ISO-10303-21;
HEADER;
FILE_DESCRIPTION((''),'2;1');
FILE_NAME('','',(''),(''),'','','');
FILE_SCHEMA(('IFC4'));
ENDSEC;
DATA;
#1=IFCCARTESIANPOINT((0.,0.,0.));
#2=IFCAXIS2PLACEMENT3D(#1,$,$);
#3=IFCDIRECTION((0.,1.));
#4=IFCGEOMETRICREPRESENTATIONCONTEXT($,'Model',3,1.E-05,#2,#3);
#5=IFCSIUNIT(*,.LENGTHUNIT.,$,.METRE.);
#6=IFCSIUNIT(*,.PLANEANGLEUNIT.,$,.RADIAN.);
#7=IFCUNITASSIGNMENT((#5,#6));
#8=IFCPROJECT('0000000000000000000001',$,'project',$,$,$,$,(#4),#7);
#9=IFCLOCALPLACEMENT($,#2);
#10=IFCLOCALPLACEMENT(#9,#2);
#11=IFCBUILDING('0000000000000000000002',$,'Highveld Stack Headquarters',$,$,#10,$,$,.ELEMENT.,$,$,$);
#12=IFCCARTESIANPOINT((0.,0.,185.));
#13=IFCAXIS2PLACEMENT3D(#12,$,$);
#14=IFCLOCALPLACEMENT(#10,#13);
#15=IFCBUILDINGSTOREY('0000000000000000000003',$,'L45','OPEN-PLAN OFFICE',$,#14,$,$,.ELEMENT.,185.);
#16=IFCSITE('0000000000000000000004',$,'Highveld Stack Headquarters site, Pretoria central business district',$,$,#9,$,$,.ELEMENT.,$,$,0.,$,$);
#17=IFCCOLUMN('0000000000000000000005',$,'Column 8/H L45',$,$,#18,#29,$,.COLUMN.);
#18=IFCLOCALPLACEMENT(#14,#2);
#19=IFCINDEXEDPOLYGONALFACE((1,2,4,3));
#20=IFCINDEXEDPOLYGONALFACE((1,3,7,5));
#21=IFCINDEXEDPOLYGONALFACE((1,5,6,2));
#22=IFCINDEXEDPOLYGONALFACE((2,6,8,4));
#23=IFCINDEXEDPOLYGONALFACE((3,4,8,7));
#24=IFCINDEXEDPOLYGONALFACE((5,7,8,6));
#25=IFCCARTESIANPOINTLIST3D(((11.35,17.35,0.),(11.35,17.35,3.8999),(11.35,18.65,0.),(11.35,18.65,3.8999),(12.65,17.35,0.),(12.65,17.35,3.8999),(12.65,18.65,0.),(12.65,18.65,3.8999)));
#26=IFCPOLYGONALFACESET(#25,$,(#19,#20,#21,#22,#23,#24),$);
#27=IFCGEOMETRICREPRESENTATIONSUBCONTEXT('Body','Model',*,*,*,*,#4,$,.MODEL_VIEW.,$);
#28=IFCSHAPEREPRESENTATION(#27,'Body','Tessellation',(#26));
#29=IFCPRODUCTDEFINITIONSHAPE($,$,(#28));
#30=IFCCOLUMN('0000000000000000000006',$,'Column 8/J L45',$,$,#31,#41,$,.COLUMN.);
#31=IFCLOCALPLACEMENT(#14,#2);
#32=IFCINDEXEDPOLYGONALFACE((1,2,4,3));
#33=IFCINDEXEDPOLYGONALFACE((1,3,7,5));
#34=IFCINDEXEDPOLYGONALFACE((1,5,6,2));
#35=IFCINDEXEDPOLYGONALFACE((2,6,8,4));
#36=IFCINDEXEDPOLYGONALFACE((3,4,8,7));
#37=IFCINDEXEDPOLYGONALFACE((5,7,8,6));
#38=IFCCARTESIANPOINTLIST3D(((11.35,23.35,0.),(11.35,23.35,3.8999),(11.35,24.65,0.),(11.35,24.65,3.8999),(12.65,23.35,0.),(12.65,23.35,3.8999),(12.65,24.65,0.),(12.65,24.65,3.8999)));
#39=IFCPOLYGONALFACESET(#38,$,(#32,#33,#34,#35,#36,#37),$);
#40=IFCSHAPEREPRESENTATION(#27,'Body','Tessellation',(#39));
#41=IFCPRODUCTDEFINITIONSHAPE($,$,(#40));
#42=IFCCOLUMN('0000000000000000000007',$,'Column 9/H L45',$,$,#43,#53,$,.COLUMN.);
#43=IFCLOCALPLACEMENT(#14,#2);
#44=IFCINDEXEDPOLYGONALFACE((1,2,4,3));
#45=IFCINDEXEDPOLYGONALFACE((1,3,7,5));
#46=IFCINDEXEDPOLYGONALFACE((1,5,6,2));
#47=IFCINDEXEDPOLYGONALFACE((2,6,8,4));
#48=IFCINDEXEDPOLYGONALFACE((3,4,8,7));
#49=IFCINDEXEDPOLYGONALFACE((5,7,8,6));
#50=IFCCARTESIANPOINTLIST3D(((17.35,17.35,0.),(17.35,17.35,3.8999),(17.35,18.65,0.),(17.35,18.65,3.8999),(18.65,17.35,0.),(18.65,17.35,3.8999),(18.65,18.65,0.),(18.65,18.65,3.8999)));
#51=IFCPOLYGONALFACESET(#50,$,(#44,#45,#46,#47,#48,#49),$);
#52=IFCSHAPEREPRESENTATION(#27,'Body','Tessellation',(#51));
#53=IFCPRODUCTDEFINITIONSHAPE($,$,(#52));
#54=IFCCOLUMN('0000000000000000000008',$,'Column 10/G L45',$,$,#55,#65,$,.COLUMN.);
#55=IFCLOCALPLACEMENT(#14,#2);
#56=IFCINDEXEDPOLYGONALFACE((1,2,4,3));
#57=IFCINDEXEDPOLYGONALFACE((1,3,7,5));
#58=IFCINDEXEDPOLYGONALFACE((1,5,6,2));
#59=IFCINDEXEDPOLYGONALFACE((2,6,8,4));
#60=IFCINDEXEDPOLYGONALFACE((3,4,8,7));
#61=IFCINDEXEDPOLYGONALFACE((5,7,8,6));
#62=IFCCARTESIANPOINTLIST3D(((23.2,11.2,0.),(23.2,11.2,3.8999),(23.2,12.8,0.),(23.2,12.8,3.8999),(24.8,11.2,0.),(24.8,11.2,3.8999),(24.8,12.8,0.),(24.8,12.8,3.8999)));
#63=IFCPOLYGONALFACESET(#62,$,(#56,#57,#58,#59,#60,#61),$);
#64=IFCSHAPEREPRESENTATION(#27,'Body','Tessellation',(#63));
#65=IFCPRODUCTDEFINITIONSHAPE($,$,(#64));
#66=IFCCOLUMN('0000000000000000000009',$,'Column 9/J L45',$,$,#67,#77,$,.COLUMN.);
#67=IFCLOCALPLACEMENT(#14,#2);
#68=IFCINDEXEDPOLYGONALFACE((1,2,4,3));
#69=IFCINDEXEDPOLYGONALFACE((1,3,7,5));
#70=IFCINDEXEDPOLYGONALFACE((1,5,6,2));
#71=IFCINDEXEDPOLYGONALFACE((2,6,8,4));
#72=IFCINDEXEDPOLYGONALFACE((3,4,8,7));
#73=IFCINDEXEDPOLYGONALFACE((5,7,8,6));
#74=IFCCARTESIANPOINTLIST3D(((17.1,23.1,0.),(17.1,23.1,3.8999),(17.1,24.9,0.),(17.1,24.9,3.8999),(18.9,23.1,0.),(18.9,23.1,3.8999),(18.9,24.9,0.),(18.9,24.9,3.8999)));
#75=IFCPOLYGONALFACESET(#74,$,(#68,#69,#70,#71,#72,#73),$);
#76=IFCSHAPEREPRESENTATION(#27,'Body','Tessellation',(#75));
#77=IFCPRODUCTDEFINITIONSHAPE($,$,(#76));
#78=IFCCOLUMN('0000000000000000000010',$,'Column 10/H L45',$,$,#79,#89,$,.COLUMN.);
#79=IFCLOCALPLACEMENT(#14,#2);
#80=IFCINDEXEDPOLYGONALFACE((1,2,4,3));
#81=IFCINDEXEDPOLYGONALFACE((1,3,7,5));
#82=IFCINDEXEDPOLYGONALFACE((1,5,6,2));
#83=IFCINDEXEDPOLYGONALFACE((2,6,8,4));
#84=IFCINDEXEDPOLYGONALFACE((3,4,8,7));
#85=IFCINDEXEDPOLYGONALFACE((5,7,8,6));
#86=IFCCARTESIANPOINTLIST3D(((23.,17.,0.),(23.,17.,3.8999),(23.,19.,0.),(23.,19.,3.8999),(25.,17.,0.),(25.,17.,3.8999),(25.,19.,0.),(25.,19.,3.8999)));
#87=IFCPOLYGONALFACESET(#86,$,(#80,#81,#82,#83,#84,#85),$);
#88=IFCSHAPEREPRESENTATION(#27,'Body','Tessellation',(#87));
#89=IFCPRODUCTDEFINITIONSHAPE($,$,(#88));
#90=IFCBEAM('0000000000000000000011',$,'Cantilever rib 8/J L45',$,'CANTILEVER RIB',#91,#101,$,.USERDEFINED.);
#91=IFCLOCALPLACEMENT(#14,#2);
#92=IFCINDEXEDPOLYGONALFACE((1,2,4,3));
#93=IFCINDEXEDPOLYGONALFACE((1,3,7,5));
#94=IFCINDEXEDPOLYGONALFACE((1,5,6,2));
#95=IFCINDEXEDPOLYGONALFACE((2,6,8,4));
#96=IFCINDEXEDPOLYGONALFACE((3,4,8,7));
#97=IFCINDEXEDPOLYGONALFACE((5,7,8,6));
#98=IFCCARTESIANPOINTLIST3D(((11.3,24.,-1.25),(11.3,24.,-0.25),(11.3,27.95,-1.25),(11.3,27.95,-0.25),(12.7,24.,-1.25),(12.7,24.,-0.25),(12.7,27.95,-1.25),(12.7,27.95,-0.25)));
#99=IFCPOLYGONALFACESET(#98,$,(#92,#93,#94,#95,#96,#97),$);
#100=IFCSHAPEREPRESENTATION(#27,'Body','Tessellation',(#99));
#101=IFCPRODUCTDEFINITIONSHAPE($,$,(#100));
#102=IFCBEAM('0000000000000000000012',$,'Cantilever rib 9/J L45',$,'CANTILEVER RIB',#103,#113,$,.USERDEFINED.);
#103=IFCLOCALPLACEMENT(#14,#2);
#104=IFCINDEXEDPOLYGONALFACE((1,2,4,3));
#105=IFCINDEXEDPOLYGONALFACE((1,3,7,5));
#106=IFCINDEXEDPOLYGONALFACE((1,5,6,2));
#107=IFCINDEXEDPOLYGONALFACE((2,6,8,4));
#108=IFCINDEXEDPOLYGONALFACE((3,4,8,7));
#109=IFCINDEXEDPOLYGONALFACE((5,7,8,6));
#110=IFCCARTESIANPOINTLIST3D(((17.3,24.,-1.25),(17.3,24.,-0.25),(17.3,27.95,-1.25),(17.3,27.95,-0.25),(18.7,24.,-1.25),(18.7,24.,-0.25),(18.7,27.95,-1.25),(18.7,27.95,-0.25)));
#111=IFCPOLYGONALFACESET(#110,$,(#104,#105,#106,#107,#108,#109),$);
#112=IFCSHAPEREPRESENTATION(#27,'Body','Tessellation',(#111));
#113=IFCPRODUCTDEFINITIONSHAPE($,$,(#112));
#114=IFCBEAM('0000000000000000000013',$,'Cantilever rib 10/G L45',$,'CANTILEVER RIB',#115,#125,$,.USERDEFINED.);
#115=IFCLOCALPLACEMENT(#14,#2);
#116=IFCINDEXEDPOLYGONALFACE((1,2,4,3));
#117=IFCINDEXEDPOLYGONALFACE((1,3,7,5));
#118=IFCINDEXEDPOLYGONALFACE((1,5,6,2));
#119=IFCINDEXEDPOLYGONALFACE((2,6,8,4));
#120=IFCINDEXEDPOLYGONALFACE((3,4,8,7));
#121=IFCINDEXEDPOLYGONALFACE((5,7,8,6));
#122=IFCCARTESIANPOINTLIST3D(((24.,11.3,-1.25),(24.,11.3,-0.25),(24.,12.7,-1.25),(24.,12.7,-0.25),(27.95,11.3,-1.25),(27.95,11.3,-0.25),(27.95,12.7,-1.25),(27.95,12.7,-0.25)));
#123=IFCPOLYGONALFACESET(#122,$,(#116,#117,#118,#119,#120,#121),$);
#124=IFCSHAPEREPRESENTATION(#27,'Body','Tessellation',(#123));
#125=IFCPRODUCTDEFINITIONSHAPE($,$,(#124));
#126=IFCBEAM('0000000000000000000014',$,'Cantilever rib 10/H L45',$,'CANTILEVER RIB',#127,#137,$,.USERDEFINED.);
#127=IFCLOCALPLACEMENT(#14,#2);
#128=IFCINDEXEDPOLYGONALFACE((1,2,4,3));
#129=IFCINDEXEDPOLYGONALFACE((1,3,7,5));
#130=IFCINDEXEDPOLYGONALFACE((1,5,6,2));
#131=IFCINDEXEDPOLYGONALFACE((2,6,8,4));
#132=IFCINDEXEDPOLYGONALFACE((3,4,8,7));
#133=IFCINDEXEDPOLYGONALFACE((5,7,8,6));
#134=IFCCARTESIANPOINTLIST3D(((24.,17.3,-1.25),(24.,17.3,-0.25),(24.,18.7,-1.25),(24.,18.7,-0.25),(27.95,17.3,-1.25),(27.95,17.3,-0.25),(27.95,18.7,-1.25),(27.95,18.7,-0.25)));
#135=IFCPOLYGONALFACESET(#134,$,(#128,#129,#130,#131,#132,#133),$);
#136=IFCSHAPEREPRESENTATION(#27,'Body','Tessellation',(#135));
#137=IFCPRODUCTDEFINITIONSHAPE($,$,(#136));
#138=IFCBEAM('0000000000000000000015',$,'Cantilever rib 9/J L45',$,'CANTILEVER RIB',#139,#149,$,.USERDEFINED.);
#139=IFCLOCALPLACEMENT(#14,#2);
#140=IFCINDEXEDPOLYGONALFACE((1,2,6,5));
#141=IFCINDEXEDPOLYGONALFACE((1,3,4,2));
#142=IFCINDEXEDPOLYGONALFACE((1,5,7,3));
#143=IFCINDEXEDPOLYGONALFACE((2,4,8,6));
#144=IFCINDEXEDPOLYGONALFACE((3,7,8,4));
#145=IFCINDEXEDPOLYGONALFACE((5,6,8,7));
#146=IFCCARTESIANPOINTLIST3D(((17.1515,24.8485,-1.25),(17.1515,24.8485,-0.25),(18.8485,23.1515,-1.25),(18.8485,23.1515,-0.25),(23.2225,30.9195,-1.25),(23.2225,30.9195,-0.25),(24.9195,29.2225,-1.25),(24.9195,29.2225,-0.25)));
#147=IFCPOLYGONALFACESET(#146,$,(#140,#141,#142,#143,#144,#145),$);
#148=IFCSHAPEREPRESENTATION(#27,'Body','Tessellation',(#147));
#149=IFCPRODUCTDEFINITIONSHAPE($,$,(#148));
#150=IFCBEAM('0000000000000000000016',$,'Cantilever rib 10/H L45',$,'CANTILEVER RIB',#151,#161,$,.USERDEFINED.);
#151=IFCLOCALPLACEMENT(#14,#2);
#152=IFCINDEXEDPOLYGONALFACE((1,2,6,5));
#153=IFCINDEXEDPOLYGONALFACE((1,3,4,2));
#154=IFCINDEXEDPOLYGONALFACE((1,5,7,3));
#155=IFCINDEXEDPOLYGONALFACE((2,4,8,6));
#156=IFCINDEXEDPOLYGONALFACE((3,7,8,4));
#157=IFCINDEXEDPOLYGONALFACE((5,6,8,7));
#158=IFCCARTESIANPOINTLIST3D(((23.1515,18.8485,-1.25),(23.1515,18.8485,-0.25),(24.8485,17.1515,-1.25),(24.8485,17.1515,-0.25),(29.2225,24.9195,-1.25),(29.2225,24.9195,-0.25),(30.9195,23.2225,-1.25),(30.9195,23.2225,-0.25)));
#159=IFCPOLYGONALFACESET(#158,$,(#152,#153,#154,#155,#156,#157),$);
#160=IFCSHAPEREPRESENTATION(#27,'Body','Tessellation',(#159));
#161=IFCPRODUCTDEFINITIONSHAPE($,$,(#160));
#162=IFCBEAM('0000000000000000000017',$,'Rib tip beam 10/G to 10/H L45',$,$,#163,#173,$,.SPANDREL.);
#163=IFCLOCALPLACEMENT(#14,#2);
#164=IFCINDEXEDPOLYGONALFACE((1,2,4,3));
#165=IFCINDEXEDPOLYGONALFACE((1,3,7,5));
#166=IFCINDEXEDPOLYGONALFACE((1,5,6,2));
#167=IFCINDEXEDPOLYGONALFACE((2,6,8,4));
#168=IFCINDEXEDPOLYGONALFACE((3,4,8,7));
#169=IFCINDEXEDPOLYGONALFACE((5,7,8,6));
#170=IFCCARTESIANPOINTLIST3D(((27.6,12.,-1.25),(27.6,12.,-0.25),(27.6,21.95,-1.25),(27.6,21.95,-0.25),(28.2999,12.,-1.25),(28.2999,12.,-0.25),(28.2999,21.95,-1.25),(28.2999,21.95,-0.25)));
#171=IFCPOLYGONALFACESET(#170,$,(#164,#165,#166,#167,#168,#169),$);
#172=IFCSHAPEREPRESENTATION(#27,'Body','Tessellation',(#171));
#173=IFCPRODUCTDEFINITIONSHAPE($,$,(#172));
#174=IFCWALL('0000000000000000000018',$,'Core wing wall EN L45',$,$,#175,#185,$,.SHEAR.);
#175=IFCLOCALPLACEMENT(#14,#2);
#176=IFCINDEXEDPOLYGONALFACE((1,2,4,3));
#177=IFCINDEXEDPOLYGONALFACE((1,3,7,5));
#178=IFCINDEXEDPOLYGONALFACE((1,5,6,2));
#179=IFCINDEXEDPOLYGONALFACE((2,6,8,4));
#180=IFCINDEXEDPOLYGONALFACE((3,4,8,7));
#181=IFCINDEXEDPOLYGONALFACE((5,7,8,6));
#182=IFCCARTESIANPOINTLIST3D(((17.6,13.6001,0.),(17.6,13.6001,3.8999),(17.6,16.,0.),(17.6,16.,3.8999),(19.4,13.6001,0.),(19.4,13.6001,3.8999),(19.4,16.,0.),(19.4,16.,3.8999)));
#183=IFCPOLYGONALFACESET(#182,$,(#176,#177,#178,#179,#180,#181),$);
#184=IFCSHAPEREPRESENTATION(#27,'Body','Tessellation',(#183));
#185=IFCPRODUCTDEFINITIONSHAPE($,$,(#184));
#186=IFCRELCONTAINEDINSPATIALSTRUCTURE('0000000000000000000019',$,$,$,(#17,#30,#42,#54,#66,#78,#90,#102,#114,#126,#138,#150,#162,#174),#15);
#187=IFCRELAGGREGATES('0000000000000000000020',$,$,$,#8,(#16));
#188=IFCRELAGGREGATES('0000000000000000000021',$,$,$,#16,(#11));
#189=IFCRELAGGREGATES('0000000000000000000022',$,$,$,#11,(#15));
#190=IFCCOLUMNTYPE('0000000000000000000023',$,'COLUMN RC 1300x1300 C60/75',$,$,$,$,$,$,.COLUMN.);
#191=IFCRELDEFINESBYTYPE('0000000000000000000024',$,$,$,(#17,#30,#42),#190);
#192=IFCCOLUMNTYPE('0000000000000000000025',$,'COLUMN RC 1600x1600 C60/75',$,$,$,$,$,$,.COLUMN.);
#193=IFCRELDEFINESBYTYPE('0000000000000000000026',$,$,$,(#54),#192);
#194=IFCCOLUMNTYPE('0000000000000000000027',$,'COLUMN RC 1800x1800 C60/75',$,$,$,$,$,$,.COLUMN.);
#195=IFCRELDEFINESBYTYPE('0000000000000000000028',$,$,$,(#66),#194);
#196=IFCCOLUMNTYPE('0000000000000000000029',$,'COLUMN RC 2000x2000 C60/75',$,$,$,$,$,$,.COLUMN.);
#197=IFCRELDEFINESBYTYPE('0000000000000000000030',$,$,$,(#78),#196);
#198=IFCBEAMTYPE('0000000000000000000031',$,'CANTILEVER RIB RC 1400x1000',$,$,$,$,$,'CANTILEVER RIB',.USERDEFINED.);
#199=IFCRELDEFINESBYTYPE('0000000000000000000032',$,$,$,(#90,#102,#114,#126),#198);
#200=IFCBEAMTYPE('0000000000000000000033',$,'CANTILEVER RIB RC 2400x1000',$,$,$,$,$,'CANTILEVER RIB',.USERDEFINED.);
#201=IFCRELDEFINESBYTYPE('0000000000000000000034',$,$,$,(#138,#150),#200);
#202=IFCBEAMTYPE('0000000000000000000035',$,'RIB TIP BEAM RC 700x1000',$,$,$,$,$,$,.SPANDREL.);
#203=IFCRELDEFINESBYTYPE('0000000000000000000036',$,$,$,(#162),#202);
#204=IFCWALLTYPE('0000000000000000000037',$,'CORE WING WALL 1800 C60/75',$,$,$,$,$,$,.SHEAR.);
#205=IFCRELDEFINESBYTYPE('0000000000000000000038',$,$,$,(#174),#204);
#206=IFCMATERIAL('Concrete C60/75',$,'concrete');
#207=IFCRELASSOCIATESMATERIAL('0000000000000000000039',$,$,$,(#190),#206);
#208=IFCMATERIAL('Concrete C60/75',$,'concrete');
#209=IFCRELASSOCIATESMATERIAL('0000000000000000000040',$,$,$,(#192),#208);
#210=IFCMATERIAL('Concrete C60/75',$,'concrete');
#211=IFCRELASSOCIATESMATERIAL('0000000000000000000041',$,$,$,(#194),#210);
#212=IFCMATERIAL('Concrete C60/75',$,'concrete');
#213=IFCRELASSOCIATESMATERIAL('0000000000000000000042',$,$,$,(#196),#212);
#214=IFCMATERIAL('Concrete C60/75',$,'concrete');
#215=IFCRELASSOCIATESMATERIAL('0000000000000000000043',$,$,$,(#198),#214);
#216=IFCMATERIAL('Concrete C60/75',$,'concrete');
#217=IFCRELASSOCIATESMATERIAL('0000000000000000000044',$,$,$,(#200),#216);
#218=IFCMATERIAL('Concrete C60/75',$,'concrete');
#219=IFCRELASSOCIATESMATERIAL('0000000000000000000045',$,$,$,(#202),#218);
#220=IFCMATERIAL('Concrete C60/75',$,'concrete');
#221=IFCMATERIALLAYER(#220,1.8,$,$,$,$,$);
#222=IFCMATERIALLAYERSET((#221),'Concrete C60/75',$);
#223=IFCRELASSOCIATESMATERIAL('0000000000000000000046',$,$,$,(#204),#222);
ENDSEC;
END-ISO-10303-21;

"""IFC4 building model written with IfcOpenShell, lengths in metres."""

from ifc_helpers import new_model, si_unit, direction, frame, frame_2d, origin, origin_2d, place, context, subcontext, project, spatial, rectangle, extrude, material, layer, layer_set, material_profile, profile_set, type_object, element, save


model = new_model("IFC4")

# Units and contexts
model_context = context("Model", 3, precision=1e-05, world=origin(), true_north=direction((0.0, 1.0)))
body_context = subcontext(model_context, "Body", "Model", "MODEL_VIEW")
ifc_project = project(units=[si_unit("LENGTHUNIT", "METRE"), si_unit("PLANEANGLEUNIT", "RADIAN")], contexts=[model_context])

# Site, building, storey
site_placement = place(None, origin())
site = spatial("IfcSite", under=ifc_project, at=site_placement, Name="Highveld Stack Headquarters site, Pretoria central business district", CompositionType="ELEMENT", RefElevation=0.0)
building_placement = place(site_placement, origin())
building = spatial("IfcBuilding", under=site, at=building_placement, Name="Highveld Stack Headquarters", CompositionType="ELEMENT")
storey_placement = place(building_placement, frame((0.0, 0.0, 185.0)))
storey = spatial("IfcBuildingStorey", under=building, at=storey_placement, Name="L45", Description="OPEN-PLAN OFFICE", CompositionType="ELEMENT", Elevation=185.0)

# Columns
ifc_material_1 = material(Name="Concrete C60/75", Category="concrete")
ifc_material_profile_1 = material_profile(ifc_material_1, rectangle(XDim=1.3, YDim=1.3, at=origin_2d()), Name="RC 1300x1300")
ifc_profile_set_1 = profile_set([ifc_material_profile_1], Name="Concrete C60/75")
column_type_1 = type_object("IfcColumnType", Name="COLUMN RC 1300x1300 C60/75", PredefinedType="COLUMN", material=ifc_profile_set_1)
for number, where, z_axis, x_axis, name in (
    (1, (12.0, 18.0, 0.0), (0.0, 0.0, 1.0), (1.0, 0.0, 0.0), "Column 8/H L45"),
    (2, (12.0, 24.0, 0.0), (0.0, 0.0, 1.0), (1.0, 0.0, 0.0), "Column 8/J L45"),
    (3, (18.0, 18.0, 0.0), (0.0, 0.0, 1.0), (1.0, 0.0, 0.0), "Column 9/H L45"),
):
    element("IfcColumn", number, at=place(storey_placement, frame(where, z_axis=z_axis, x_axis=x_axis)), inside=storey, type_object=column_type_1, Name=name, PredefinedType="COLUMN", context=body_context, shape_type="SweptSolid", body=[
        extrude(rectangle(XDim=1.3, YDim=1.3, at=origin_2d()), origin(), (0.0, 0.0, 1.0), 3.8999),
    ])
ifc_material_2 = material(Name="Concrete C60/75", Category="concrete")
ifc_material_profile_2 = material_profile(ifc_material_2, rectangle(XDim=1.6001, YDim=1.6001, at=origin_2d()), Name="RC 1600x1600")
ifc_profile_set_2 = profile_set([ifc_material_profile_2], Name="Concrete C60/75")
column_type_2 = type_object("IfcColumnType", Name="COLUMN RC 1600x1600 C60/75", PredefinedType="COLUMN", material=ifc_profile_set_2)
column_1_placement = place(storey_placement, frame((24.0, 12.0, 0.0), z_axis=(0.0, 0.0, 1.0), x_axis=(1.0, 0.0, 0.0)))
element("IfcColumn", 4, at=column_1_placement, inside=storey, type_object=column_type_2, Name="Column 10/G L45", PredefinedType="COLUMN", context=body_context, shape_type="SweptSolid", body=[
    extrude(rectangle(XDim=1.6001, YDim=1.6001, at=origin_2d()), origin(), (0.0, 0.0, 1.0), 3.8999),
])
ifc_material_3 = material(Name="Concrete C60/75", Category="concrete")
ifc_material_profile_3 = material_profile(ifc_material_3, rectangle(XDim=1.8, YDim=1.8, at=origin_2d()), Name="RC 1800x1800")
ifc_profile_set_3 = profile_set([ifc_material_profile_3], Name="Concrete C60/75")
column_type_3 = type_object("IfcColumnType", Name="COLUMN RC 1800x1800 C60/75", PredefinedType="COLUMN", material=ifc_profile_set_3)
column_2_placement = place(storey_placement, frame((18.0, 24.0, 0.0), z_axis=(0.0, 0.0, 1.0), x_axis=(1.0, 0.0, 0.0)))
element("IfcColumn", 5, at=column_2_placement, inside=storey, type_object=column_type_3, Name="Column 9/J L45", PredefinedType="COLUMN", context=body_context, shape_type="SweptSolid", body=[
    extrude(rectangle(XDim=1.8, YDim=1.8, at=origin_2d()), origin(), (0.0, 0.0, 1.0), 3.8999),
])
ifc_material_4 = material(Name="Concrete C60/75", Category="concrete")
ifc_material_profile_4 = material_profile(ifc_material_4, rectangle(XDim=2.0, YDim=2.0, at=origin_2d()), Name="RC 2000x2000")
ifc_profile_set_4 = profile_set([ifc_material_profile_4], Name="Concrete C60/75")
column_type_4 = type_object("IfcColumnType", Name="COLUMN RC 2000x2000 C60/75", PredefinedType="COLUMN", material=ifc_profile_set_4)
column_3_placement = place(storey_placement, frame((24.0, 18.0, 0.0), z_axis=(0.0, 0.0, 1.0), x_axis=(1.0, 0.0, 0.0)))
element("IfcColumn", 6, at=column_3_placement, inside=storey, type_object=column_type_4, Name="Column 10/H L45", PredefinedType="COLUMN", context=body_context, shape_type="SweptSolid", body=[
    extrude(rectangle(XDim=2.0, YDim=2.0, at=origin_2d()), origin(), (0.0, 0.0, 1.0), 3.8999),
])

# Beams
ifc_material_5 = material(Name="Concrete C60/75", Category="concrete")
ifc_material_profile_5 = material_profile(ifc_material_5, rectangle(XDim=1.3999, YDim=1.0, at=origin_2d()), Name="RC 1400x1000")
ifc_profile_set_5 = profile_set([ifc_material_profile_5], Name="Concrete C60/75")
beam_type_1 = type_object("IfcBeamType", Name="CANTILEVER RIB RC 1400x1000", ElementType="CANTILEVER RIB", PredefinedType="USERDEFINED", material=ifc_profile_set_5)
for number, where, z_axis, x_axis, name in (
    (7, (12.0, 24.0, -0.75), (0.0, 1.0, 0.0), (-1.0, 0.0, 0.0), "Cantilever rib 8/J L45"),
    (8, (18.0, 24.0, -0.75), (0.0, 1.0, 0.0), (-1.0, 0.0, 0.0), "Cantilever rib 9/J L45"),
    (9, (24.0, 12.0, -0.75), (1.0, 0.0, 0.0), (0.0, 1.0, 0.0), "Cantilever rib 10/G L45"),
    (10, (24.0, 18.0, -0.75), (1.0, 0.0, 0.0), (0.0, 1.0, 0.0), "Cantilever rib 10/H L45"),
):
    element("IfcBeam", number, at=place(storey_placement, frame(where, z_axis=z_axis, x_axis=x_axis)), inside=storey, type_object=beam_type_1, Name=name, ObjectType="CANTILEVER RIB", PredefinedType="USERDEFINED", context=body_context, shape_type="SweptSolid", body=[
        extrude(rectangle(XDim=1.3999, YDim=1.0, at=origin_2d()), origin(), (0.0, 0.0, 1.0), 3.95),
    ])
ifc_material_6 = material(Name="Concrete C60/75", Category="concrete")
ifc_material_profile_6 = material_profile(ifc_material_6, rectangle(XDim=2.3999, YDim=1.0, at=origin_2d()), Name="RC 2400x1000")
ifc_profile_set_6 = profile_set([ifc_material_profile_6], Name="Concrete C60/75")
beam_type_2 = type_object("IfcBeamType", Name="CANTILEVER RIB RC 2400x1000", ElementType="CANTILEVER RIB", PredefinedType="USERDEFINED", material=ifc_profile_set_6)
for number, where, z_axis, x_axis, name in (
    (11, (18.0, 24.0, -0.75), (0.707107, 0.707107, 0.0), (-0.707107, 0.707107, 0.0), "Cantilever rib 9/J L45"),
    (12, (24.0, 18.0, -0.75), (0.707107, 0.707107, 0.0), (-0.707107, 0.707107, 0.0), "Cantilever rib 10/H L45"),
):
    element("IfcBeam", number, at=place(storey_placement, frame(where, z_axis=z_axis, x_axis=x_axis)), inside=storey, type_object=beam_type_2, Name=name, ObjectType="CANTILEVER RIB", PredefinedType="USERDEFINED", context=body_context, shape_type="SweptSolid", body=[
        extrude(rectangle(XDim=2.3999, YDim=1.0, at=origin_2d()), origin(), (0.0, 0.0, 1.0), 8.5857),
    ])
ifc_material_7 = material(Name="Concrete C60/75", Category="concrete")
ifc_material_profile_7 = material_profile(ifc_material_7, rectangle(XDim=0.7, YDim=1.0, at=origin_2d()), Name="RC 700x1000")
ifc_profile_set_7 = profile_set([ifc_material_profile_7], Name="Concrete C60/75")
beam_type_3 = type_object("IfcBeamType", Name="RIB TIP BEAM RC 700x1000", PredefinedType="SPANDREL", material=ifc_profile_set_7)
beam_placement = place(storey_placement, frame((27.95, 12.0, -0.75), z_axis=(0.0, 1.0, 0.0), x_axis=(-1.0, 0.0, 0.0)))
element("IfcBeam", 13, at=beam_placement, inside=storey, type_object=beam_type_3, Name="Rib tip beam 10/G to 10/H L45", PredefinedType="SPANDREL", context=body_context, shape_type="SweptSolid", body=[
    extrude(rectangle(XDim=0.7, YDim=1.0, at=origin_2d()), origin(), (0.0, 0.0, 1.0), 9.95),
])

# Wall
ifc_material_8 = material(Name="Concrete C60/75", Category="concrete")
ifc_layer_1 = layer(ifc_material_8, 1.8)
ifc_layer_set_1 = layer_set([ifc_layer_1], Name="Concrete C60/75")
wall_type_1 = type_object("IfcWallType", Name="CORE WING WALL 1800 C60/75", PredefinedType="SHEAR", material=ifc_layer_set_1)
wall_1_placement = place(storey_placement, frame((18.5, 13.6001, 0.0), z_axis=(0.0, 0.0, 1.0), x_axis=(0.0, 1.0, 0.0)))
element("IfcWall", 14, at=wall_1_placement, inside=storey, type_object=wall_type_1, Name="Core wing wall EN L45", PredefinedType="SHEAR", context=body_context, shape_type="SweptSolid", body=[
    extrude(rectangle(XDim=2.3999, YDim=1.8, at=frame_2d((1.2, 0.0))), origin(), (0.0, 0.0, 1.0), 3.8999),
])

save(model, "model.ifc")
